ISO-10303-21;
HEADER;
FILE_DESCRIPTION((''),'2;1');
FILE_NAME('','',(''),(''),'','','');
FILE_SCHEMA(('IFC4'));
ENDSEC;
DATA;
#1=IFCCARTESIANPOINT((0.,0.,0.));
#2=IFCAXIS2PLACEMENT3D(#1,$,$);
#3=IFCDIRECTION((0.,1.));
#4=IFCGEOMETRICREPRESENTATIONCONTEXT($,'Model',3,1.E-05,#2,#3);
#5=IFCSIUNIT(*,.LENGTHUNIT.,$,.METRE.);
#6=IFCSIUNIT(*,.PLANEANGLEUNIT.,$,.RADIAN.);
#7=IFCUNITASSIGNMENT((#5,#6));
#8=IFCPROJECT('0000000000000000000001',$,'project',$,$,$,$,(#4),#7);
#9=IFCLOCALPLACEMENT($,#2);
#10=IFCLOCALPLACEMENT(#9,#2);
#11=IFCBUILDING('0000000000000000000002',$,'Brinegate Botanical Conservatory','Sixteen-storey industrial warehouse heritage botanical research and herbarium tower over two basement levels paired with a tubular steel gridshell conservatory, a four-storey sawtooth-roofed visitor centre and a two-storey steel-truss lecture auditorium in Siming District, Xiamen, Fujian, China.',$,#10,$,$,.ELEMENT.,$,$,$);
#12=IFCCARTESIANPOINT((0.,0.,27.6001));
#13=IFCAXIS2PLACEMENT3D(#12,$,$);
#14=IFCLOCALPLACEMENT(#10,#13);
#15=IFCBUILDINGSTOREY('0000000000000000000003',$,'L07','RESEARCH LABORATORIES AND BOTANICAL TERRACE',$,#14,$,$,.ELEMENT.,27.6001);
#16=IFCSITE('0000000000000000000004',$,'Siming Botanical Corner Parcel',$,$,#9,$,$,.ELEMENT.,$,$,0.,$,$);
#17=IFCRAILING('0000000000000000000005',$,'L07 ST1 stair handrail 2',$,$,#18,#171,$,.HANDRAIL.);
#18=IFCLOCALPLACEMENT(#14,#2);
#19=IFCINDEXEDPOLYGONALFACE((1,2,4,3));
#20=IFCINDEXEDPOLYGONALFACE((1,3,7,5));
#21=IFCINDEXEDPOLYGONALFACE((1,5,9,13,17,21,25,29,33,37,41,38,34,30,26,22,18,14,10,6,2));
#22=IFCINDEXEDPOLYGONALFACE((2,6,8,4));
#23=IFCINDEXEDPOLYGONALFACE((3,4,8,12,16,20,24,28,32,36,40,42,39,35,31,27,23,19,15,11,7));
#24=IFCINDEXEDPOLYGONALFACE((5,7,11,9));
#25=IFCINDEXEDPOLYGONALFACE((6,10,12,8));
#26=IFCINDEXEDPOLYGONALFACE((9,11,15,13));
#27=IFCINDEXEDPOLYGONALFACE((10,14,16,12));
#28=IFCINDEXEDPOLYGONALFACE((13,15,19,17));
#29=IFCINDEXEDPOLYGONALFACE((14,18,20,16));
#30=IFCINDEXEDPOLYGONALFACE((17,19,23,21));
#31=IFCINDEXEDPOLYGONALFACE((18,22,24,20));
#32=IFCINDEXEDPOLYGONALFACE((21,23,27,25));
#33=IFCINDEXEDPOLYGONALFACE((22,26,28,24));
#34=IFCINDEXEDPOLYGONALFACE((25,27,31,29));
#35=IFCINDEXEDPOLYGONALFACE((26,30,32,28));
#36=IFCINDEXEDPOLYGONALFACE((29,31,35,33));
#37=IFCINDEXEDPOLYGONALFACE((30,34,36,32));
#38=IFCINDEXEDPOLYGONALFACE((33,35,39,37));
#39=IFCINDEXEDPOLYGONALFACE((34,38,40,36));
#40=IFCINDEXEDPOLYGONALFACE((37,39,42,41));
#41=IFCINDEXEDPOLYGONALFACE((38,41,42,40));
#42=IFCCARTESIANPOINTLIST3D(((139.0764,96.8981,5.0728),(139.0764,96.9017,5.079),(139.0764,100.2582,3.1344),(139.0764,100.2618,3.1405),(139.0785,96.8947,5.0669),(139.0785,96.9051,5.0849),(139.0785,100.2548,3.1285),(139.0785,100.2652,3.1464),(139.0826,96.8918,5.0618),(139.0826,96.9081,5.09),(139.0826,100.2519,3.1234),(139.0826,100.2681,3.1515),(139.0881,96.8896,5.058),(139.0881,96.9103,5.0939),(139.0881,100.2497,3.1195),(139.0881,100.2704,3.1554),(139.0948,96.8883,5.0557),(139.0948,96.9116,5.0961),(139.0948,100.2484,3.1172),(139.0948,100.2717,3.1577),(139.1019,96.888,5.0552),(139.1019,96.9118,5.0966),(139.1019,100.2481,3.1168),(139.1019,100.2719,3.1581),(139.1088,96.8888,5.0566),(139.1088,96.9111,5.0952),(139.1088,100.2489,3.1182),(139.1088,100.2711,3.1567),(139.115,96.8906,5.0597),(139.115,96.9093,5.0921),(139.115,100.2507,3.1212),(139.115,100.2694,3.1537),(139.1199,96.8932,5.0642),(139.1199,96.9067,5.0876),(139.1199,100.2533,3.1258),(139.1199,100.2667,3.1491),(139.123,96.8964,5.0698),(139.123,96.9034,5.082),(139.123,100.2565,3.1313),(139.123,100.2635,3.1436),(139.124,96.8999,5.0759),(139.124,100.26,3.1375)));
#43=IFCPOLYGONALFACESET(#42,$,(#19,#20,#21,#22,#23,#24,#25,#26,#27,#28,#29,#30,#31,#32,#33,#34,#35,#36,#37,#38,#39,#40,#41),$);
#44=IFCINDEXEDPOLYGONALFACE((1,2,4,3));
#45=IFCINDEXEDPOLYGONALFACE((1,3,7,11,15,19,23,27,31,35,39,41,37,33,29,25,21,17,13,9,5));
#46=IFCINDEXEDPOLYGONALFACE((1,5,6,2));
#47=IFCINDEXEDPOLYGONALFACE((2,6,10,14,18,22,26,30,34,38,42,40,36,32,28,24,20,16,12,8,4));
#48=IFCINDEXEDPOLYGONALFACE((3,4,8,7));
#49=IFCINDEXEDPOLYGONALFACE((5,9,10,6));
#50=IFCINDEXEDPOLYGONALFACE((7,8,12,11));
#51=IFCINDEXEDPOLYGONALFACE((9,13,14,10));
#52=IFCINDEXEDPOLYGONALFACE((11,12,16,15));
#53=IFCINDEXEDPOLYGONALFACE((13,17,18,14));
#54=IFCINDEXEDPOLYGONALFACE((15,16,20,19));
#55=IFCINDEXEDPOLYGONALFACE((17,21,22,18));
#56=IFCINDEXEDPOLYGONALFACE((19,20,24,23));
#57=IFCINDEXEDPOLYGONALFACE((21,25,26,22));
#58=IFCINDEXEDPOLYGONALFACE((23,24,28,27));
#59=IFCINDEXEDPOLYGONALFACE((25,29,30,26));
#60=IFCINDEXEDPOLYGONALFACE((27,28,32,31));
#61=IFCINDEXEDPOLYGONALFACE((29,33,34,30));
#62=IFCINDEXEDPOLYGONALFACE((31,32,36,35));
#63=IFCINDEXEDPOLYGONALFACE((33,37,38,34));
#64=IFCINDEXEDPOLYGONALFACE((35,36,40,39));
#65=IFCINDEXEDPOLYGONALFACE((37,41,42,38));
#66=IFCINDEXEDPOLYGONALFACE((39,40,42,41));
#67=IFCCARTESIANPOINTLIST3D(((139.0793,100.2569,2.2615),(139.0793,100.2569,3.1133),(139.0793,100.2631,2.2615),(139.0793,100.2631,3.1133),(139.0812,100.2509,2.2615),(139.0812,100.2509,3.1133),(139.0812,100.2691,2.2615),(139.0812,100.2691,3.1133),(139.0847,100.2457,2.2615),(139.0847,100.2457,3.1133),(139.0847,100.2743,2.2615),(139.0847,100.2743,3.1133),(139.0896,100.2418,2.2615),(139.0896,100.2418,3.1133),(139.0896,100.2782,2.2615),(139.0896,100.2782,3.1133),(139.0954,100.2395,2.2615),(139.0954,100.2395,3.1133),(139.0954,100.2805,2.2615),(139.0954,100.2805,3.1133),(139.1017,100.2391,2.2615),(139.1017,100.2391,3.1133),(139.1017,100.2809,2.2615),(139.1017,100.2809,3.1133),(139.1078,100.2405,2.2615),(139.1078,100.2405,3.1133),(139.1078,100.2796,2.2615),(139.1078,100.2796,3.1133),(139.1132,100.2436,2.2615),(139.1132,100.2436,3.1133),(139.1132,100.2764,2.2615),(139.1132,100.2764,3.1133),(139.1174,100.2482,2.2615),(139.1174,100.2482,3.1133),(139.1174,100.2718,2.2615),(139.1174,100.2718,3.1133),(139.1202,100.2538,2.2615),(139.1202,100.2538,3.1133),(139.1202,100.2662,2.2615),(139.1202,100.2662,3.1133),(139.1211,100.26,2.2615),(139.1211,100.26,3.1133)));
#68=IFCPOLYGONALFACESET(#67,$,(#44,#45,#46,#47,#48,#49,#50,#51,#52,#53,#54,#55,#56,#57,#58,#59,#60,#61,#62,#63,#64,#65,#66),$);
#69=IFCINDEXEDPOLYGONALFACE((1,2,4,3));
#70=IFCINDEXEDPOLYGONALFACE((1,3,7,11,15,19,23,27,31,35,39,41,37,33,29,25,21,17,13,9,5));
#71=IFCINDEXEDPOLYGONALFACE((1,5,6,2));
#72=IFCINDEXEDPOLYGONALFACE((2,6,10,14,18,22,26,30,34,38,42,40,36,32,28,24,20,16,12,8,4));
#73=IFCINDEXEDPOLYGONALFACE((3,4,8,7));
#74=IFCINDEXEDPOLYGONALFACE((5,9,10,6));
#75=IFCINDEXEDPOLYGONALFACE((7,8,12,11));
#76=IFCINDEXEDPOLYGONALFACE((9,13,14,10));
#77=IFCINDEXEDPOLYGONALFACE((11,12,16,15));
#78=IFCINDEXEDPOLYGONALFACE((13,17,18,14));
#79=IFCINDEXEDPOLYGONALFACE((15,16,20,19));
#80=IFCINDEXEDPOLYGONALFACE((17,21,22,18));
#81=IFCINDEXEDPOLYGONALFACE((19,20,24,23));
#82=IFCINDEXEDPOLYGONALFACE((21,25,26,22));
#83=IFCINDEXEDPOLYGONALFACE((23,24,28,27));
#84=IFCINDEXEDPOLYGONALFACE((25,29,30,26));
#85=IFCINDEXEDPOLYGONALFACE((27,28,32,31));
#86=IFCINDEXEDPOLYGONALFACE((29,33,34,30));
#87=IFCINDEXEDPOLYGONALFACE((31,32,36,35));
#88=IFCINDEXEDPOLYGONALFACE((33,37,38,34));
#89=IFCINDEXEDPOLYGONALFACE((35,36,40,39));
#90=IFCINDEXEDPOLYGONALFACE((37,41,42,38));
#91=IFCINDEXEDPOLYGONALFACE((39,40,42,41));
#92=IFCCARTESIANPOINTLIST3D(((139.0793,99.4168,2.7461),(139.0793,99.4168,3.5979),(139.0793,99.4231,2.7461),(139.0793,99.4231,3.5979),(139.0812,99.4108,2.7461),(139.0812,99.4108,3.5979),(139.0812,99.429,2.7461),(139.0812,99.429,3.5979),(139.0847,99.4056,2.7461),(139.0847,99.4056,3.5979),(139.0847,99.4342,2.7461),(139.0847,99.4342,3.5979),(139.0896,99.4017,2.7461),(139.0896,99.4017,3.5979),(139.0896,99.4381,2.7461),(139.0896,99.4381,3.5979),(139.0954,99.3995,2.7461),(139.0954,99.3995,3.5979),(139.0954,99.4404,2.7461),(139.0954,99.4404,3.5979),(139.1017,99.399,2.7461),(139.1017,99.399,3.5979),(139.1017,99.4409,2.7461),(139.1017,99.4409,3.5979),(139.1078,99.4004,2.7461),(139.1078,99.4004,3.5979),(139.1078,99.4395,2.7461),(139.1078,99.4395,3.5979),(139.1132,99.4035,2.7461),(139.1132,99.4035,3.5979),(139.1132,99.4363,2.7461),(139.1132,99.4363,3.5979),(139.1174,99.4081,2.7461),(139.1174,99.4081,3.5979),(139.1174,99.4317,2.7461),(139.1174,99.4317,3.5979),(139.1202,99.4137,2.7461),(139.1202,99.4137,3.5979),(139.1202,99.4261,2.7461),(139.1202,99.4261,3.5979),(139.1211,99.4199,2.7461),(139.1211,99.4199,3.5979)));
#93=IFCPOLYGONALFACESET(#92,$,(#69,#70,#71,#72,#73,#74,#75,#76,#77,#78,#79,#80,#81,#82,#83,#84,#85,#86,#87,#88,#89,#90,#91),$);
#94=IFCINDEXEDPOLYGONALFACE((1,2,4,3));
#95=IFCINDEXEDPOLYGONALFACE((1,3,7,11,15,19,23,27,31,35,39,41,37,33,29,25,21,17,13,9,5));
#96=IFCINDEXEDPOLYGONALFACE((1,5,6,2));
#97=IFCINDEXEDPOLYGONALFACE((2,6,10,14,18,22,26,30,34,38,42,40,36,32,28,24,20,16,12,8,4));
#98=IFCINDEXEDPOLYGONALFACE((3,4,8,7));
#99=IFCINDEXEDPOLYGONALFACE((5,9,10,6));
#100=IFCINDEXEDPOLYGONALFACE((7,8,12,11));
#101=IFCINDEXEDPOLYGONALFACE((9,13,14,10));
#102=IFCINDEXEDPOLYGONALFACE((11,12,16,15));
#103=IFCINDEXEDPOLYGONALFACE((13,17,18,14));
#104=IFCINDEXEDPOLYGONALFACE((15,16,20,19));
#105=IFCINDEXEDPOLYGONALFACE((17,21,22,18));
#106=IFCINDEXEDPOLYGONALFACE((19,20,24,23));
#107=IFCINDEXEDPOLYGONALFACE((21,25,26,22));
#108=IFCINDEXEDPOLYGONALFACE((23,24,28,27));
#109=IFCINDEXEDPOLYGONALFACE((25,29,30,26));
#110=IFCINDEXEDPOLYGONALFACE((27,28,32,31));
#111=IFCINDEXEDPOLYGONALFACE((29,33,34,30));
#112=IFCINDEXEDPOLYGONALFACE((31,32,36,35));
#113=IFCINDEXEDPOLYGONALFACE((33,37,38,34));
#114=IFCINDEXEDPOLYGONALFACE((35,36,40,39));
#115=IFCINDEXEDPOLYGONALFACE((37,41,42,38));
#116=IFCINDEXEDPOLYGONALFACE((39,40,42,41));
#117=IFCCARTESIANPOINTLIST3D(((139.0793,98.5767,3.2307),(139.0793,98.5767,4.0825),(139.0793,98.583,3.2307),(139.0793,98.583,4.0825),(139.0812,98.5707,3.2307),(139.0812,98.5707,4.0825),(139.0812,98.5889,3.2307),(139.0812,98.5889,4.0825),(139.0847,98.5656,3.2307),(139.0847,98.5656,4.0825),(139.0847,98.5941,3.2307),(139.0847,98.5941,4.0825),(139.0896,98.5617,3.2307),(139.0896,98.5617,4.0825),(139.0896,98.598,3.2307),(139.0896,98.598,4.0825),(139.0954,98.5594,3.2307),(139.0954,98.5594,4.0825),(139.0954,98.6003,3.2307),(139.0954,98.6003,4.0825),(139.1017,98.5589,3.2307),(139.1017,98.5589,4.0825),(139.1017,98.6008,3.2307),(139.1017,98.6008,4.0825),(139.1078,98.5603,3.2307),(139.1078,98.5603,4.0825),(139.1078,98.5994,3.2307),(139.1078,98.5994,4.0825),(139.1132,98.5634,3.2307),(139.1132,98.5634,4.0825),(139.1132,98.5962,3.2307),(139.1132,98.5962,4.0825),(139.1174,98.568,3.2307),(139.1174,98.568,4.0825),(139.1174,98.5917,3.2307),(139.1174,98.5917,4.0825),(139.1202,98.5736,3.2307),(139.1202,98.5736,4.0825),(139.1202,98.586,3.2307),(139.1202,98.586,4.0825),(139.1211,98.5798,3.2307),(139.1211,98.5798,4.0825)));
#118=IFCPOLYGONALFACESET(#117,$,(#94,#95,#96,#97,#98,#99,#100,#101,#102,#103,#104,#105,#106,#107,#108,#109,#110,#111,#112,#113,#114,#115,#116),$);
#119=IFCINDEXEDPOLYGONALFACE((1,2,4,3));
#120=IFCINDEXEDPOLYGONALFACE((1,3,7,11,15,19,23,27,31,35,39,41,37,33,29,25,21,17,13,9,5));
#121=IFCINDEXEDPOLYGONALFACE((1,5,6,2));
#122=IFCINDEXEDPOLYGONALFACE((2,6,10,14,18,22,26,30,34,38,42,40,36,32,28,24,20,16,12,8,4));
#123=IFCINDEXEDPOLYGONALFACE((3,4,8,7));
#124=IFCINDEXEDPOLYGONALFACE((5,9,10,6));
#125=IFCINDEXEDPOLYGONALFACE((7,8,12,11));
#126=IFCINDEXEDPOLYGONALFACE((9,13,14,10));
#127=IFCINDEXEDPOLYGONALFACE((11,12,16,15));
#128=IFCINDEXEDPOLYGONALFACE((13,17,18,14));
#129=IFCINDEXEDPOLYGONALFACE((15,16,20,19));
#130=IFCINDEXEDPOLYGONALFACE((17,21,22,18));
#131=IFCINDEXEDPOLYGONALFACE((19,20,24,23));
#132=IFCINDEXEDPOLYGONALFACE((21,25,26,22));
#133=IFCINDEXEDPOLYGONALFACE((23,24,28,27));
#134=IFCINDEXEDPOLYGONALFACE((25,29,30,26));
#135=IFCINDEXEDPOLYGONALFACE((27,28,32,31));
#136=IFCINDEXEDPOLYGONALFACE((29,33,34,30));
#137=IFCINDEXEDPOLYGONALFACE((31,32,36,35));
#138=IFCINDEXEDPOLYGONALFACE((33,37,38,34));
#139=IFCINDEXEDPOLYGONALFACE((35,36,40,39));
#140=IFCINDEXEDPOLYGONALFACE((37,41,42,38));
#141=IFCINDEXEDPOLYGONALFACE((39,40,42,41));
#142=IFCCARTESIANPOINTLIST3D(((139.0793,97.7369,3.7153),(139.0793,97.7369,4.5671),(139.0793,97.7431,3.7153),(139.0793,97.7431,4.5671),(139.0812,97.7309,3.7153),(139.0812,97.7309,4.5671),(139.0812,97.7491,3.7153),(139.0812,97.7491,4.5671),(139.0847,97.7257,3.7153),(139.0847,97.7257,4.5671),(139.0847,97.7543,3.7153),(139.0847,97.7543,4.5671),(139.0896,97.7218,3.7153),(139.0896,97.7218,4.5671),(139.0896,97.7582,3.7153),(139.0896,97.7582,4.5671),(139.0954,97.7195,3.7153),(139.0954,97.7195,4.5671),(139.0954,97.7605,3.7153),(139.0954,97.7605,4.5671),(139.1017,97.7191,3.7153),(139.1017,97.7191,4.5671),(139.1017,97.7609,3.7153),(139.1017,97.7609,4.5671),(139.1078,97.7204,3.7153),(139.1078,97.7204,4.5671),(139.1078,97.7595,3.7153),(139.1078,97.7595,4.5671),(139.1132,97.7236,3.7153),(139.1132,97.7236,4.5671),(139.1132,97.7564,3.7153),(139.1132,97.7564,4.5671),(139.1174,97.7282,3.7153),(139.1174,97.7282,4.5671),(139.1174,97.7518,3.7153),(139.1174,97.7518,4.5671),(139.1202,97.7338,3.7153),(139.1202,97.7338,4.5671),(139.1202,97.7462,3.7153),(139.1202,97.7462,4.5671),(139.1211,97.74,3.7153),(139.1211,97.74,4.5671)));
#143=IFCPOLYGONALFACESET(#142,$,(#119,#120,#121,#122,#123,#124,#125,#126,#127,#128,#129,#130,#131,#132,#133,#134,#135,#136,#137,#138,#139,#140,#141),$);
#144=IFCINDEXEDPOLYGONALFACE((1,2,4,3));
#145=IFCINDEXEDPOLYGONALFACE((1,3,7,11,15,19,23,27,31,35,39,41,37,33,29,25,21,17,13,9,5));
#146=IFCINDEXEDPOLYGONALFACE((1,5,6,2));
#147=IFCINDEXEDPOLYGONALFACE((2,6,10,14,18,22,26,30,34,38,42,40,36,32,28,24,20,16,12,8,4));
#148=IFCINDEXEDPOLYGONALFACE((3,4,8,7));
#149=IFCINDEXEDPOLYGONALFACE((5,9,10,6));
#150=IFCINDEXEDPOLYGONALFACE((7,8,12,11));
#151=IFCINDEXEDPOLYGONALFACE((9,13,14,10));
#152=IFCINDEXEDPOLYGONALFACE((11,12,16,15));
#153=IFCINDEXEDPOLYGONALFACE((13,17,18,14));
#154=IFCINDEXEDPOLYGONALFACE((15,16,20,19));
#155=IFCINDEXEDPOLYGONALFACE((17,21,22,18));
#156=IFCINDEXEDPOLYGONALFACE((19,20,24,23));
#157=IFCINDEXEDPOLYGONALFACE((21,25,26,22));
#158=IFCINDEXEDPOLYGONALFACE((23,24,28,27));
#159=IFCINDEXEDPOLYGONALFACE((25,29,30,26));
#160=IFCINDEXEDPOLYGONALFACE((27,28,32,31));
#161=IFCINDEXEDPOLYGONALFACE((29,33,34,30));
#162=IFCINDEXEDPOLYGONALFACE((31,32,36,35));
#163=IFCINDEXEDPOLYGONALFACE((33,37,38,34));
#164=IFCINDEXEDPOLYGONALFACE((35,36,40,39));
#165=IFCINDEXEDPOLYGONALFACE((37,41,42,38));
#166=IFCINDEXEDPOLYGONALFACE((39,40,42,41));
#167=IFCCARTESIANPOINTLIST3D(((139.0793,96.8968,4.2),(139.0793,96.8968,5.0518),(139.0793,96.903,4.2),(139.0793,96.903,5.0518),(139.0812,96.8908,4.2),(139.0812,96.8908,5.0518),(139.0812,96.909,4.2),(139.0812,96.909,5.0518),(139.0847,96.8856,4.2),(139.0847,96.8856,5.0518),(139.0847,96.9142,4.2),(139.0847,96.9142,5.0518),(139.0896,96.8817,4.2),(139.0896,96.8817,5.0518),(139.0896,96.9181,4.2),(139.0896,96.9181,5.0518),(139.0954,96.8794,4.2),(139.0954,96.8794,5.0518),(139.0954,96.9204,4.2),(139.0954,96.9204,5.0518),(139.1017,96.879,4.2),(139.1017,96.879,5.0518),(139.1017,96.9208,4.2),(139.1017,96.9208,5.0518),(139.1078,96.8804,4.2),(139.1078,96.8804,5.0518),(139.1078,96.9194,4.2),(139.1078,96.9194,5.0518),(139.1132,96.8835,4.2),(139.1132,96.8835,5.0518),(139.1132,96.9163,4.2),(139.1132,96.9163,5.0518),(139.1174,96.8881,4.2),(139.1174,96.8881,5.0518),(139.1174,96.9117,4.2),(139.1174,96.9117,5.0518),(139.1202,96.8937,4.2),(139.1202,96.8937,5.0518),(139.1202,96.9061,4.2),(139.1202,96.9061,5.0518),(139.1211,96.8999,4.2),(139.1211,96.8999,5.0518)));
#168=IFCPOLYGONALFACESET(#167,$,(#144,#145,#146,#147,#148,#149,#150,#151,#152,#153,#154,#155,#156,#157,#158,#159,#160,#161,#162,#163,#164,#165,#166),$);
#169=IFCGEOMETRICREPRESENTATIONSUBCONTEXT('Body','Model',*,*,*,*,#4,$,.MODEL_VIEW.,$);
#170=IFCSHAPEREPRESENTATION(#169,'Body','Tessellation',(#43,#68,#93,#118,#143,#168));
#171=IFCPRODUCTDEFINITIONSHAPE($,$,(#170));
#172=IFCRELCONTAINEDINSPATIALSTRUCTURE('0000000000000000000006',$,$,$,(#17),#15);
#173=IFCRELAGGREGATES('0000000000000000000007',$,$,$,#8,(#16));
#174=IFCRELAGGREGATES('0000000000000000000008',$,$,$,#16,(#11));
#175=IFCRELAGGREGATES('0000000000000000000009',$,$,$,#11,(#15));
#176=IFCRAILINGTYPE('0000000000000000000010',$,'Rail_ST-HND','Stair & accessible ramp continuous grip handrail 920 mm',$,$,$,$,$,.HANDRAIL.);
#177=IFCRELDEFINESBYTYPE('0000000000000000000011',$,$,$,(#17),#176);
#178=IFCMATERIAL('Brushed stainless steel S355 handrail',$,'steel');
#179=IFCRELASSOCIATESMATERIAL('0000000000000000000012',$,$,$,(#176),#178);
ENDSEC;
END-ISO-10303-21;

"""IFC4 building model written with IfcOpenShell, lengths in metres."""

from ifc_helpers import new_model, si_unit, direction, frame, origin, origin_2d, place, context, subcontext, project, spatial, circle, extrude, material, type_object, element, save


model = new_model("IFC4")

# Units and contexts
model_context = context("Model", 3, precision=1e-05, world=origin(), true_north=direction((0.0, 1.0)))
body_context = subcontext(model_context, "Body", "Model", "MODEL_VIEW")
ifc_project = project(units=[si_unit("LENGTHUNIT", "METRE"), si_unit("PLANEANGLEUNIT", "RADIAN")], contexts=[model_context])

# Site, building, storey
site_placement = place(None, origin())
site = spatial("IfcSite", under=ifc_project, at=site_placement, Name="Siming Botanical Corner Parcel", CompositionType="ELEMENT", RefElevation=0.0)
building_placement = place(site_placement, origin())
building = spatial("IfcBuilding", under=site, at=building_placement, Name="Brinegate Botanical Conservatory", Description="Sixteen-storey industrial warehouse heritage botanical research and herbarium tower over two basement levels paired with a tubular steel gridshell conservatory, a four-storey sawtooth-roofed visitor centre and a two-storey steel-truss lecture auditorium in Siming District, Xiamen, Fujian, China.", CompositionType="ELEMENT")
storey_placement = place(building_placement, frame((0.0, 0.0, 27.6001)))
storey = spatial("IfcBuildingStorey", under=building, at=storey_placement, Name="L07", Description="RESEARCH LABORATORIES AND BOTANICAL TERRACE", CompositionType="ELEMENT", Elevation=27.6001)

# Railing
ifc_material_1 = material(Name="Brushed stainless steel S355 handrail", Category="steel")
railing_type_1 = type_object("IfcRailingType", Name="Rail_ST-HND", Description="Stair & accessible ramp continuous grip handrail 920 mm", PredefinedType="HANDRAIL", material=ifc_material_1)
railing_1_placement = place(storey_placement, frame((139.1001, 100.26, 2.2615)))
element("IfcRailing", 1, at=railing_1_placement, inside=storey, type_object=railing_type_1, Name="L07 ST1 stair handrail 2", PredefinedType="HANDRAIL", context=body_context, shape_type="SweptSolid", body=[
    extrude(circle(Radius=0.0239, at=origin_2d()), frame((0.0, 0.0, 0.876), z_axis=(0.0, -0.866191, 0.499713), x_axis=(1.0, 0.0, 0.0)), (0.0, 0.0, 1.0), 3.8792),
    extrude(circle(Radius=0.021, at=origin_2d()), origin(), (0.0, 0.0, 1.0), 0.8518),
    extrude(circle(Radius=0.021, at=origin_2d()), frame((0.0, -0.8401, 0.4846)), (0.0, 0.0, 1.0), 0.8518),
    extrude(circle(Radius=0.021, at=origin_2d()), frame((0.0, -1.6802, 0.9692)), (0.0, 0.0, 1.0), 0.8518),
    extrude(circle(Radius=0.021, at=origin_2d()), frame((0.0, -2.52, 1.4539)), (0.0, 0.0, 1.0), 0.8518),
    extrude(circle(Radius=0.021, at=origin_2d()), frame((0.0, -3.3601, 1.9385)), (0.0, 0.0, 1.0), 0.8518),
])

save(model, "model.ifc")
